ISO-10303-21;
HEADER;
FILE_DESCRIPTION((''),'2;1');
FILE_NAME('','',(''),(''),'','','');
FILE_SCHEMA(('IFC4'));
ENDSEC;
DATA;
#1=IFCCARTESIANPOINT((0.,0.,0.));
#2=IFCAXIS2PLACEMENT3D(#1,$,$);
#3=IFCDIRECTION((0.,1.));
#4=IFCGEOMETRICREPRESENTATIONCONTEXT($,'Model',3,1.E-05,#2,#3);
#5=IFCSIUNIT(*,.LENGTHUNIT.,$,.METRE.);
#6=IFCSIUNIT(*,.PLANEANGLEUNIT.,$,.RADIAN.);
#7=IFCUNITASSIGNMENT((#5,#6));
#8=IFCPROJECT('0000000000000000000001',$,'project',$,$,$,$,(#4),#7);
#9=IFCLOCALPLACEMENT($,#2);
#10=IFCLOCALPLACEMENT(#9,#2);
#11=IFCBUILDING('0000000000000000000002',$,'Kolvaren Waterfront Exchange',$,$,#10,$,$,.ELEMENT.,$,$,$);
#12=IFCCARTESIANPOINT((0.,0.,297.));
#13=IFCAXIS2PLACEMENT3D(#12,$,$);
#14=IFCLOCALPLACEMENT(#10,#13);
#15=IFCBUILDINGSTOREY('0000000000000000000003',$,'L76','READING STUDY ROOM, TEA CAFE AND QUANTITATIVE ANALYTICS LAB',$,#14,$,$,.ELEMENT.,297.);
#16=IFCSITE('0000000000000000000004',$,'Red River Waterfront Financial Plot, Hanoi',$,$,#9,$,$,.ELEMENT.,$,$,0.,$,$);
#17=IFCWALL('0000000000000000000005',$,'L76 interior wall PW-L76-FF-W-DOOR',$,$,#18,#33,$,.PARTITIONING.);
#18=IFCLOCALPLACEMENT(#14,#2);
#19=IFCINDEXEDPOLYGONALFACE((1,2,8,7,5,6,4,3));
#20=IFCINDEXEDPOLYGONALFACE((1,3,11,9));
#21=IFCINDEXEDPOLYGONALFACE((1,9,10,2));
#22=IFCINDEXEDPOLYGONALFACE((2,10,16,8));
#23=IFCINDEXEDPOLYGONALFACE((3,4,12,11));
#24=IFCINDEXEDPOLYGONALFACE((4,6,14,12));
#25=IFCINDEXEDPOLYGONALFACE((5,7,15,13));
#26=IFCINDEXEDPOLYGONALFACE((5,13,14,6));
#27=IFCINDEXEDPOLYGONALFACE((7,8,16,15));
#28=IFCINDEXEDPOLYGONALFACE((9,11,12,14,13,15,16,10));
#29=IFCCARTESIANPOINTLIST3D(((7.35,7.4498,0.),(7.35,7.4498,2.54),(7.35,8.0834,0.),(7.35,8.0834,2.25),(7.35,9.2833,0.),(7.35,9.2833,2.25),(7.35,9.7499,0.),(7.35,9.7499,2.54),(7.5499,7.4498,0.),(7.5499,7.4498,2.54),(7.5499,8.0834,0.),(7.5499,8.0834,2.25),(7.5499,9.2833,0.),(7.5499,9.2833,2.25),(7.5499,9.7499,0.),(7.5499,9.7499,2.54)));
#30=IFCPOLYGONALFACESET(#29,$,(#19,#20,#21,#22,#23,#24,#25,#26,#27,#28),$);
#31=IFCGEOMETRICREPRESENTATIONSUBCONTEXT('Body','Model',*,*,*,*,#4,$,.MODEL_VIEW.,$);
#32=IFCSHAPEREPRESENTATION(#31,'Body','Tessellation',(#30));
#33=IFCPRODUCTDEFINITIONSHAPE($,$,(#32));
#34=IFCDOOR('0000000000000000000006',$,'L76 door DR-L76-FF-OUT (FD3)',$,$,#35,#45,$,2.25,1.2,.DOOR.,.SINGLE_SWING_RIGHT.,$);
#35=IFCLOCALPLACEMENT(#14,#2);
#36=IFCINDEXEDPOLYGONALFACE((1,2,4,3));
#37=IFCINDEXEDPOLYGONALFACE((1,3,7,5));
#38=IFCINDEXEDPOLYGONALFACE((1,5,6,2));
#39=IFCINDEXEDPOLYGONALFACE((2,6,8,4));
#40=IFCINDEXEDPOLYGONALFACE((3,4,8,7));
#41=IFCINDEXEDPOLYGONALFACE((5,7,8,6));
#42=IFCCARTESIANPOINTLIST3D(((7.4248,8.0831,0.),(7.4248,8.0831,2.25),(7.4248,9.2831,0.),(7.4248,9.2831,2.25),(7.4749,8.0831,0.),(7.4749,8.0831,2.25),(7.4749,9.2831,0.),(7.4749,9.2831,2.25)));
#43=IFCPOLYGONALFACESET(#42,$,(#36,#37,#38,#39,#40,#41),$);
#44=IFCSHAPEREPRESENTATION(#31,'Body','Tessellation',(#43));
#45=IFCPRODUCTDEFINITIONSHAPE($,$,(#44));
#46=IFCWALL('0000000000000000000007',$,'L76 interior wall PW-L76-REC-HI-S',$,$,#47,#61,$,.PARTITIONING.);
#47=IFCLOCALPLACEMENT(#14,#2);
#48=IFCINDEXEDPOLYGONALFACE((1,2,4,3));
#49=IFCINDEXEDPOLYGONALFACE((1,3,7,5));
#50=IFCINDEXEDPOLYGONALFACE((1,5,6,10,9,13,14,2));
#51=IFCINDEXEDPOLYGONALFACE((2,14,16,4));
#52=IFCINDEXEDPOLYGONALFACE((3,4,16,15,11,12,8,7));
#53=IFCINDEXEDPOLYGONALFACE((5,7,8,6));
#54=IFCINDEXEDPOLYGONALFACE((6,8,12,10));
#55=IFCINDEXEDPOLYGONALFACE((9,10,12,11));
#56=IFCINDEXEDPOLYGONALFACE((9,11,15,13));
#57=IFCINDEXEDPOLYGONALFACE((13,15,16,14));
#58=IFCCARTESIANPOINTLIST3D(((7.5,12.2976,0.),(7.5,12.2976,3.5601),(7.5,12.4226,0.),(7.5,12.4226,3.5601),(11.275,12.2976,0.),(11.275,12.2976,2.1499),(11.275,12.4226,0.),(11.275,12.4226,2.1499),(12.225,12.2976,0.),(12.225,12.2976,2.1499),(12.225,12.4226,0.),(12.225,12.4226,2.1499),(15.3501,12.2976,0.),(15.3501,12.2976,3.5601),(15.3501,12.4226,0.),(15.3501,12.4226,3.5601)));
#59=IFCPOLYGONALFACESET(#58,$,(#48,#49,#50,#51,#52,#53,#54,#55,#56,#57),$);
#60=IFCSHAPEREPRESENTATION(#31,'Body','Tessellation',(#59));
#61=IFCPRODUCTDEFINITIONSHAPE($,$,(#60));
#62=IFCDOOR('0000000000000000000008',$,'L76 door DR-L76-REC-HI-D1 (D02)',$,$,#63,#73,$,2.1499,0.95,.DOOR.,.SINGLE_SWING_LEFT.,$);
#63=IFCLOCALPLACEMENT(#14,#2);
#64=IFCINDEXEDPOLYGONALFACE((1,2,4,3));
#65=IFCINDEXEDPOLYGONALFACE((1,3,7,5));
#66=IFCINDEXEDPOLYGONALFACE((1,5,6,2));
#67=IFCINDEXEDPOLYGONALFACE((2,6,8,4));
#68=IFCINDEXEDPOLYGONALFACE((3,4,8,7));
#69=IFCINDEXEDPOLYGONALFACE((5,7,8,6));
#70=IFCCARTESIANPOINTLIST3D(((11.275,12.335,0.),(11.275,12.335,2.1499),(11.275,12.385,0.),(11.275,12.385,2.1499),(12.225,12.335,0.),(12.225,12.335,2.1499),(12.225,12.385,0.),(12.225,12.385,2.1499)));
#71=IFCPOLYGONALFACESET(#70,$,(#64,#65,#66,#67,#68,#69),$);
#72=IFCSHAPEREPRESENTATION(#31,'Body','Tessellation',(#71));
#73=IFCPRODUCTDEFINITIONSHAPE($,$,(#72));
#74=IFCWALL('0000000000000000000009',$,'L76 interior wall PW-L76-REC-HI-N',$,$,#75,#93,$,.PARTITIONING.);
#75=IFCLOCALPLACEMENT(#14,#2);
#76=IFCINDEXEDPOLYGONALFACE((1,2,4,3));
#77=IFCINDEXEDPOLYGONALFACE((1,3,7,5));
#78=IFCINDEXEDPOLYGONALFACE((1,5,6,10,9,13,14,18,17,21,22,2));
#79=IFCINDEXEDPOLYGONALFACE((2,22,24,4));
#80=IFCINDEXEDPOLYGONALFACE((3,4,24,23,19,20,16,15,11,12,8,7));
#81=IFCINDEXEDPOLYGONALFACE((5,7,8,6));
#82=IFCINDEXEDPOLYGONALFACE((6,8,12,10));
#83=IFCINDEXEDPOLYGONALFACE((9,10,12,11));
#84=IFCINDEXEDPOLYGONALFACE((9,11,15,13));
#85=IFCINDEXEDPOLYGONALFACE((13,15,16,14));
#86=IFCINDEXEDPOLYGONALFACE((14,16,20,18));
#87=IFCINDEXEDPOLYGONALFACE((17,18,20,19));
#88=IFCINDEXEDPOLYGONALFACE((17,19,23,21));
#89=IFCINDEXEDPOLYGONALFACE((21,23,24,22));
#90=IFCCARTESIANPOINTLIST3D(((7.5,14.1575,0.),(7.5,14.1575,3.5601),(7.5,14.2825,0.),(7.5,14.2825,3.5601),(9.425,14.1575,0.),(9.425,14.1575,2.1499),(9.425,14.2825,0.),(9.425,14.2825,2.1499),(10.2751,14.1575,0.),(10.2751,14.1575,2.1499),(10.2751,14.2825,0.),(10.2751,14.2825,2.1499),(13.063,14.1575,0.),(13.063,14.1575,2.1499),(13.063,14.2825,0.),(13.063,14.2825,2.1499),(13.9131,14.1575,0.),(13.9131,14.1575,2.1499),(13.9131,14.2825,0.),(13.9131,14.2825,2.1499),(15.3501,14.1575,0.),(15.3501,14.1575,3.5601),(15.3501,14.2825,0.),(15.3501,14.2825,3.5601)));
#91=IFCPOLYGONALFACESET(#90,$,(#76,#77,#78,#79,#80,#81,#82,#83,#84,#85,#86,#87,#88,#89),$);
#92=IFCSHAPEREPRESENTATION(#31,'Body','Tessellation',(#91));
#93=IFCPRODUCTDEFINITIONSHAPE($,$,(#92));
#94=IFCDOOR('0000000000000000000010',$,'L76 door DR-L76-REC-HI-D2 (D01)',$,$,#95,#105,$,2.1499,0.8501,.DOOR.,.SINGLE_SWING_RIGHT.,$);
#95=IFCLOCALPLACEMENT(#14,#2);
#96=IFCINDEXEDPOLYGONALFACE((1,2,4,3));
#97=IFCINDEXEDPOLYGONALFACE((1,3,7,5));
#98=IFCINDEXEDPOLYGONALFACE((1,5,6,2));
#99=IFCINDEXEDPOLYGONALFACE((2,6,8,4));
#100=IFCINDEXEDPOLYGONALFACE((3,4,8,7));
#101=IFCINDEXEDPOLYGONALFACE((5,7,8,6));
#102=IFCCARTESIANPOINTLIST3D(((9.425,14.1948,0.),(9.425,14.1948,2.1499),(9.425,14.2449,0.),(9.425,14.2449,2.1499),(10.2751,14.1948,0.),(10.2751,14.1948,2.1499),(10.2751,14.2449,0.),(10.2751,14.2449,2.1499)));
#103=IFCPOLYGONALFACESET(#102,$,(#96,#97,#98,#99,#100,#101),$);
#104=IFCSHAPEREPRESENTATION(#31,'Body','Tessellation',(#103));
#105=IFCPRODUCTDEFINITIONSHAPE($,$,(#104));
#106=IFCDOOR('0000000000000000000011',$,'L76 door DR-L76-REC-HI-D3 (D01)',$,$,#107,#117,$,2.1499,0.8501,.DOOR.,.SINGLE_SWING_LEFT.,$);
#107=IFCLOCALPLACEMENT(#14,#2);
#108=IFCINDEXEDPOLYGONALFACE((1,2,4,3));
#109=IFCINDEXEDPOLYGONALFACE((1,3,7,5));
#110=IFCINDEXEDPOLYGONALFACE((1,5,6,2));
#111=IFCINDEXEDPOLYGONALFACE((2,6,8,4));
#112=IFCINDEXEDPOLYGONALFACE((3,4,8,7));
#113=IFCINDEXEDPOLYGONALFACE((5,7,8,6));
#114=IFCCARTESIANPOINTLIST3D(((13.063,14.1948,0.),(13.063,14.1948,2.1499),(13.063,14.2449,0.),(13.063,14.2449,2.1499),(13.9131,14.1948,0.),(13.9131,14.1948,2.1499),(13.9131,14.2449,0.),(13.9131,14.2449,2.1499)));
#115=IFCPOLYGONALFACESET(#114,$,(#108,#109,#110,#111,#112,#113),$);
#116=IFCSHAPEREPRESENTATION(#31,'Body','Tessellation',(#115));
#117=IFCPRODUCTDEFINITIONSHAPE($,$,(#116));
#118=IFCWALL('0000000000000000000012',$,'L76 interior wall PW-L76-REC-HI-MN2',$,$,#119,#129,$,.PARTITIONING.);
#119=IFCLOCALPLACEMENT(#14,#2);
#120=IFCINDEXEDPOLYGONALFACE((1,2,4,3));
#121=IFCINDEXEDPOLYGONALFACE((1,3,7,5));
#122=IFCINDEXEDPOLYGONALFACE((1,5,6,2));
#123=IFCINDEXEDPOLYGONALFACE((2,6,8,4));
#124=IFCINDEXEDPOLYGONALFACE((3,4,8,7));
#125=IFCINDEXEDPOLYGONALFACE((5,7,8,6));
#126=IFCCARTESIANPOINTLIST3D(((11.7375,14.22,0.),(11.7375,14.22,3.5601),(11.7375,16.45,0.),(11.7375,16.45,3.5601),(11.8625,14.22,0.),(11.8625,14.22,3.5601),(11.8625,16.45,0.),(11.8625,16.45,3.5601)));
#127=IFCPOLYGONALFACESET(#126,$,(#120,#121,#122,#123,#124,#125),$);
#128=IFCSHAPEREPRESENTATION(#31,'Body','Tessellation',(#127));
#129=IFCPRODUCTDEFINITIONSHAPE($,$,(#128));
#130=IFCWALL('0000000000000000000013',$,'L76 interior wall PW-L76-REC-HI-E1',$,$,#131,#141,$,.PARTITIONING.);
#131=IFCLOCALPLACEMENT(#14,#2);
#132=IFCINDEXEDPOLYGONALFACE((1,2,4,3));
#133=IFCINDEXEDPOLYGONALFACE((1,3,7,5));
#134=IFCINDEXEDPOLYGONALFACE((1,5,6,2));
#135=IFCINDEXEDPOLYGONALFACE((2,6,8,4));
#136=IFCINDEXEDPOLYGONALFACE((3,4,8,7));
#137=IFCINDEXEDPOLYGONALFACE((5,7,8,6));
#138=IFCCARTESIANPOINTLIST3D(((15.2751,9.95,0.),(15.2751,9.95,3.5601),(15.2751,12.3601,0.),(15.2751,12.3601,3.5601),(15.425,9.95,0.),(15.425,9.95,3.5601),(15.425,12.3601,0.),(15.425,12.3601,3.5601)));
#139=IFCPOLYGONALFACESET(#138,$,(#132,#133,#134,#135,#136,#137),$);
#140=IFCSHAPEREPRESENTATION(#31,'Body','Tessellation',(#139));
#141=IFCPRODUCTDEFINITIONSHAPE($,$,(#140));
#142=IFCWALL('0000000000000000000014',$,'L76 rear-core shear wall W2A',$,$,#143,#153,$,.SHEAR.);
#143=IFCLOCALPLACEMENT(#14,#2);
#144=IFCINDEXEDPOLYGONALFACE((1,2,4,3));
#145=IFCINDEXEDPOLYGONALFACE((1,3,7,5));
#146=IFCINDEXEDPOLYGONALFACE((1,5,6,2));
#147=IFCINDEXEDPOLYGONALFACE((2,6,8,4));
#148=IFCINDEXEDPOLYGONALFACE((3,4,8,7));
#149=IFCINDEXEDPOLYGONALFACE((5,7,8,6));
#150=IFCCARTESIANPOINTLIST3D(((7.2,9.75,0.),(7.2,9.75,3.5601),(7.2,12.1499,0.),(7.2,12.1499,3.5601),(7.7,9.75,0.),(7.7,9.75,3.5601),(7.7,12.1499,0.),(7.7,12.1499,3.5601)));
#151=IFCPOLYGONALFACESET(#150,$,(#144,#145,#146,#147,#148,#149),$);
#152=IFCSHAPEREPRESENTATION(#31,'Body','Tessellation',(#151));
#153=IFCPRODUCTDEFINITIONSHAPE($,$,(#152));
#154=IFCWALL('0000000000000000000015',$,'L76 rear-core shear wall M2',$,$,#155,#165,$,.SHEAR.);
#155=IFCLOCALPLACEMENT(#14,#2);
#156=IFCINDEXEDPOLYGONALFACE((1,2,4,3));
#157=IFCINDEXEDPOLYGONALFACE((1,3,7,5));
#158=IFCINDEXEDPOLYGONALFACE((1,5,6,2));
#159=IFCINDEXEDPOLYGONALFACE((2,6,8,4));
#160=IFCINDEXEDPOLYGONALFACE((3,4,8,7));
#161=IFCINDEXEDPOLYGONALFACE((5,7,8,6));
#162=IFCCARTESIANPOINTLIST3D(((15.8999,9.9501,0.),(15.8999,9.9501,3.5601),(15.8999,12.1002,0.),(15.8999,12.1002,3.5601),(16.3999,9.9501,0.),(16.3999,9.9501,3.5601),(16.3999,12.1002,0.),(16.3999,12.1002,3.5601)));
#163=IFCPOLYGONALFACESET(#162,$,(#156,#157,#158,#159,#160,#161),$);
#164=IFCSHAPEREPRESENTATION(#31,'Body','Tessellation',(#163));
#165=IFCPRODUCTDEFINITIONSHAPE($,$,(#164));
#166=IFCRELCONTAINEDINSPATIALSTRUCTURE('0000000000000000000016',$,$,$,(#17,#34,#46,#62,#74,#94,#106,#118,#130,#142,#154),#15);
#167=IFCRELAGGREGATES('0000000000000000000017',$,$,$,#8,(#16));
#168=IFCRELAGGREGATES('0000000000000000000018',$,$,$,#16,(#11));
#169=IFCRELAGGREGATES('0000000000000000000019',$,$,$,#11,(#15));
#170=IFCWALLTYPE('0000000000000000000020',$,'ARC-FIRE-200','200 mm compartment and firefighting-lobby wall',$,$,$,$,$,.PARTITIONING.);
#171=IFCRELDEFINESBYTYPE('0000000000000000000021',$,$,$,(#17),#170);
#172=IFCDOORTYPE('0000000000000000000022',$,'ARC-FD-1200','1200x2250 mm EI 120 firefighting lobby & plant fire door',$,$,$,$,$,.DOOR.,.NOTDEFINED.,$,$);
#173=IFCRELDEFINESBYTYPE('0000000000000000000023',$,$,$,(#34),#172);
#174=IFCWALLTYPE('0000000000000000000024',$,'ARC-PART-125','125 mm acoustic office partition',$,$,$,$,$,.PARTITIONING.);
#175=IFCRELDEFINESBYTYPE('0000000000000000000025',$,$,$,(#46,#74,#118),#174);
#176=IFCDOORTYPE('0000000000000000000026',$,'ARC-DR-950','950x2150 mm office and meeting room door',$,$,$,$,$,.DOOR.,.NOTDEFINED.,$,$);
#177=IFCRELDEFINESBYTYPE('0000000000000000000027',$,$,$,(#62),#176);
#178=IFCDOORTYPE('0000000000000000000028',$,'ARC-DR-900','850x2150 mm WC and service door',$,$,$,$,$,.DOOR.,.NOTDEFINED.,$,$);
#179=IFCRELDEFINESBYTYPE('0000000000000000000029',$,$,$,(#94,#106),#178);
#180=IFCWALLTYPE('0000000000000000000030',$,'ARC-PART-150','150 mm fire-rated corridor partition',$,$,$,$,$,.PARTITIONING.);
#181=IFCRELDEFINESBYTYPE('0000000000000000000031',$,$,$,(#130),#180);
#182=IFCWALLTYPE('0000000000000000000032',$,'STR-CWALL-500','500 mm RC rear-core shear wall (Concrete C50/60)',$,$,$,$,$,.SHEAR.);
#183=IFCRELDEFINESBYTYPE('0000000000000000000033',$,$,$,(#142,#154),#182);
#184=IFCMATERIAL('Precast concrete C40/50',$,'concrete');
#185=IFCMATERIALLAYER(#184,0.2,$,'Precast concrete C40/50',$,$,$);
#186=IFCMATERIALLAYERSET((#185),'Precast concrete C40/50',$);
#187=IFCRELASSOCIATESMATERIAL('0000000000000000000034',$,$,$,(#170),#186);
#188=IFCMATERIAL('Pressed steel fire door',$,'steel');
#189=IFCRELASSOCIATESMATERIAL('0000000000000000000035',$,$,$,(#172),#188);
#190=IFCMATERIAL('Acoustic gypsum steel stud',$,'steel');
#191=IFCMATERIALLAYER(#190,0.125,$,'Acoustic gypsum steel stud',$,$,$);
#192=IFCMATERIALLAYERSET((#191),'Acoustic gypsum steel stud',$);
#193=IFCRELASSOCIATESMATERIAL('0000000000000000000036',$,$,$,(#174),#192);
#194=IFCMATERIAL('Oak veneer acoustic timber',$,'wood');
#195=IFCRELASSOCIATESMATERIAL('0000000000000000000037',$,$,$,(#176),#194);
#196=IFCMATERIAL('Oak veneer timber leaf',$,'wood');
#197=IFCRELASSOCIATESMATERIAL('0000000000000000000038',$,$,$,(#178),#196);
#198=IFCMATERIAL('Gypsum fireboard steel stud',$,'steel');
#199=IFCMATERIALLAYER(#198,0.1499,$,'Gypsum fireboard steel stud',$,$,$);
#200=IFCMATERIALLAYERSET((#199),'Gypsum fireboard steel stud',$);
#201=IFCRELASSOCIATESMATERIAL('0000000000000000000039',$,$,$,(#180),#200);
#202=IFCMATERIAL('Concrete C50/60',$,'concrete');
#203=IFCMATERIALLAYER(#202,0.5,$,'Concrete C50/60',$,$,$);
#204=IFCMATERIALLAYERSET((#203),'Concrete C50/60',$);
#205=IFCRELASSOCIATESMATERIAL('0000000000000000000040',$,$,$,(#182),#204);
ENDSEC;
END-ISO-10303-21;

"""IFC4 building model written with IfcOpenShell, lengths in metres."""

from ifc_helpers import new_model, si_unit, direction, frame, frame_2d, origin, place, context, subcontext, project, spatial, rectangle, extrude, material, layer, layer_set, type_object, element, fill, save


model = new_model("IFC4")

# Units and contexts
model_context = context("Model", 3, precision=1e-05, world=origin(), true_north=direction((0.0, 1.0)))
body_context = subcontext(model_context, "Body", "Model", "MODEL_VIEW")
ifc_project = project(units=[si_unit("LENGTHUNIT", "METRE"), si_unit("PLANEANGLEUNIT", "RADIAN")], contexts=[model_context])

# Site, building, storey
site_placement = place(None, origin())
site = spatial("IfcSite", under=ifc_project, at=site_placement, Name="Red River Waterfront Financial Plot, Hanoi", CompositionType="ELEMENT", RefElevation=0.0)
building_placement = place(site_placement, origin())
building = spatial("IfcBuilding", under=site, at=building_placement, Name="Kolvaren Waterfront Exchange", CompositionType="ELEMENT")
storey_placement = place(building_placement, frame((0.0, 0.0, 297.0)))
storey = spatial("IfcBuildingStorey", under=building, at=storey_placement, Name="L76", Description="READING STUDY ROOM, TEA CAFE AND QUANTITATIVE ANALYTICS LAB", CompositionType="ELEMENT", Elevation=297.0)

# Shared definitions
ifc_material_1 = material(Name="Precast concrete C40/50", Category="concrete")
ifc_layer_1 = layer(ifc_material_1, 0.2, Name="Precast concrete C40/50")
ifc_layer_set_1 = layer_set([ifc_layer_1], Name="Precast concrete C40/50")
wall_type_1 = type_object("IfcWallType", Name="ARC-FIRE-200", Description="200 mm compartment and firefighting-lobby wall", PredefinedType="PARTITIONING", material=ifc_layer_set_1)

# Walls, openings, doors
wall_1_placement = place(storey_placement, frame((7.45, 7.45, 0.0), z_axis=(0.0, 0.0, 1.0), x_axis=(0.0, 1.0, 0.0)))
wall_1 = element("IfcWall", 1, at=wall_1_placement, inside=storey, type_object=wall_type_1, Name="L76 interior wall PW-L76-FF-W-DOOR", PredefinedType="PARTITIONING", context=body_context, shape_type="SweptSolid", body=[
    extrude(rectangle(XDim=2.3, YDim=0.2, at=frame_2d((1.1499, 0.0))), origin(), (0.0, 0.0, 1.0), 2.54),
])
opening_1_placement = place(wall_1_placement, frame((0.6333, 0.0, 0.0)))
opening_1 = element("IfcOpeningElement", 2, at=opening_1_placement, cuts=wall_1, PredefinedType="OPENING", context=body_context, shape_type="SweptSolid", body=[
    extrude(rectangle(XDim=1.2, YDim=2.25, at=frame_2d((0.6001, 1.125))), frame((0.0, 0.1099, 0.0), z_axis=(0.0, -1.0, 0.0), x_axis=(1.0, 0.0, 0.0)), (0.0, 0.0, 1.0), 0.22),
])
ifc_material_2 = material(Name="Pressed steel fire door", Category="steel")
door_type_1 = type_object("IfcDoorType", Name="ARC-FD-1200", Description="1200x2250 mm EI 120 firefighting lobby & plant fire door", OperationType="NOTDEFINED", PredefinedType="DOOR", material=ifc_material_2)
door_1_placement = place(opening_1_placement, frame((1.2, 0.0, 0.0), z_axis=(0.0, 0.0, 1.0), x_axis=(-1.0, 0.0, 0.0)))
door_1 = element("IfcDoor", 3, at=door_1_placement, inside=storey, type_object=door_type_1, Name="L76 door DR-L76-FF-OUT (FD3)", OperationType="SINGLE_SWING_RIGHT", OverallHeight=2.25, OverallWidth=1.2, PredefinedType="DOOR", context=body_context, shape_type="SweptSolid", body=[
    extrude(rectangle(XDim=1.2, YDim=2.25, at=frame_2d((0.6001, 1.125))), frame((0.0, 0.0249, 0.0), z_axis=(0.0, -1.0, 0.0), x_axis=(1.0, 0.0, 0.0)), (0.0, 0.0, 1.0), 0.05),
])
fill(opening_1, door_1)
ifc_material_3 = material(Name="Acoustic gypsum steel stud", Category="steel")
ifc_layer_2 = layer(ifc_material_3, 0.125, Name="Acoustic gypsum steel stud")
ifc_layer_set_2 = layer_set([ifc_layer_2], Name="Acoustic gypsum steel stud")
wall_type_2 = type_object("IfcWallType", Name="ARC-PART-125", Description="125 mm acoustic office partition", PredefinedType="PARTITIONING", material=ifc_layer_set_2)
wall_2_placement = place(storey_placement, frame((7.5, 12.3601, 0.0), z_axis=(0.0, 0.0, 1.0), x_axis=(1.0, 0.0, 0.0)))
wall_2 = element("IfcWall", 4, at=wall_2_placement, inside=storey, type_object=wall_type_2, Name="L76 interior wall PW-L76-REC-HI-S", PredefinedType="PARTITIONING", context=body_context, shape_type="SweptSolid", body=[
    extrude(rectangle(XDim=7.8501, YDim=0.125, at=frame_2d((3.925, 0.0))), origin(), (0.0, 0.0, 1.0), 3.5601),
])
opening_2_placement = place(wall_2_placement, frame((3.7749, 0.0, 0.0)))
opening_2 = element("IfcOpeningElement", 5, at=opening_2_placement, cuts=wall_2, PredefinedType="OPENING", context=body_context, shape_type="SweptSolid", body=[
    extrude(rectangle(XDim=0.95, YDim=2.1499, at=frame_2d((0.4751, 1.075))), frame((0.0, 0.0725, 0.0), z_axis=(0.0, -1.0, 0.0), x_axis=(1.0, 0.0, 0.0)), (0.0, 0.0, 1.0), 0.145),
])
ifc_material_4 = material(Name="Oak veneer acoustic timber", Category="wood")
door_type_2 = type_object("IfcDoorType", Name="ARC-DR-950", Description="950x2150 mm office and meeting room door", OperationType="NOTDEFINED", PredefinedType="DOOR", material=ifc_material_4)
door_2_placement = place(opening_2_placement, origin())
door_2 = element("IfcDoor", 6, at=door_2_placement, inside=storey, type_object=door_type_2, Name="L76 door DR-L76-REC-HI-D1 (D02)", OperationType="SINGLE_SWING_LEFT", OverallHeight=2.1499, OverallWidth=0.95, PredefinedType="DOOR", context=body_context, shape_type="SweptSolid", body=[
    extrude(rectangle(XDim=0.95, YDim=2.1499, at=frame_2d((0.4751, 1.075))), frame((0.0, 0.0249, 0.0), z_axis=(0.0, -1.0, 0.0), x_axis=(1.0, 0.0, 0.0)), (0.0, 0.0, 1.0), 0.05),
])
fill(opening_2, door_2)

# Wall, openings, doors
wall_3_placement = place(storey_placement, frame((7.5, 14.22, 0.0), z_axis=(0.0, 0.0, 1.0), x_axis=(1.0, 0.0, 0.0)))
wall_3 = element("IfcWall", 7, at=wall_3_placement, inside=storey, type_object=wall_type_2, Name="L76 interior wall PW-L76-REC-HI-N", PredefinedType="PARTITIONING", context=body_context, shape_type="SweptSolid", body=[
    extrude(rectangle(XDim=7.8501, YDim=0.125, at=frame_2d((3.925, 0.0))), origin(), (0.0, 0.0, 1.0), 3.5601),
])
opening_3_placement = place(wall_3_placement, frame((1.925, 0.0, 0.0)))
opening_3 = element("IfcOpeningElement", 8, at=opening_3_placement, cuts=wall_3, PredefinedType="OPENING", context=body_context, shape_type="SweptSolid", body=[
    extrude(rectangle(XDim=0.8501, YDim=2.1499, at=frame_2d((0.425, 1.075))), frame((0.0, 0.0725, 0.0), z_axis=(0.0, -1.0, 0.0), x_axis=(1.0, 0.0, 0.0)), (0.0, 0.0, 1.0), 0.145),
])
opening_4_placement = place(wall_3_placement, frame((5.563, 0.0, 0.0)))
opening_4 = element("IfcOpeningElement", 9, at=opening_4_placement, cuts=wall_3, PredefinedType="OPENING", context=body_context, shape_type="SweptSolid", body=[
    extrude(rectangle(XDim=0.8501, YDim=2.1499, at=frame_2d((0.425, 1.075))), frame((0.0, 0.0725, 0.0), z_axis=(0.0, -1.0, 0.0), x_axis=(1.0, 0.0, 0.0)), (0.0, 0.0, 1.0), 0.145),
])
ifc_material_5 = material(Name="Oak veneer timber leaf", Category="wood")
door_type_3 = type_object("IfcDoorType", Name="ARC-DR-900", Description="850x2150 mm WC and service door", OperationType="NOTDEFINED", PredefinedType="DOOR", material=ifc_material_5)
door_3_placement = place(opening_3_placement, origin())
door_3 = element("IfcDoor", 10, at=door_3_placement, inside=storey, type_object=door_type_3, Name="L76 door DR-L76-REC-HI-D2 (D01)", OperationType="SINGLE_SWING_RIGHT", OverallHeight=2.1499, OverallWidth=0.8501, PredefinedType="DOOR", context=body_context, shape_type="SweptSolid", body=[
    extrude(rectangle(XDim=0.8501, YDim=2.1499, at=frame_2d((0.425, 1.075))), frame((0.0, 0.0249, 0.0), z_axis=(0.0, -1.0, 0.0), x_axis=(1.0, 0.0, 0.0)), (0.0, 0.0, 1.0), 0.05),
])
fill(opening_3, door_3)
door_4_placement = place(opening_4_placement, origin())
door_4 = element("IfcDoor", 11, at=door_4_placement, inside=storey, type_object=door_type_3, Name="L76 door DR-L76-REC-HI-D3 (D01)", OperationType="SINGLE_SWING_LEFT", OverallHeight=2.1499, OverallWidth=0.8501, PredefinedType="DOOR", context=body_context, shape_type="SweptSolid", body=[
    extrude(rectangle(XDim=0.8501, YDim=2.1499, at=frame_2d((0.425, 1.075))), frame((0.0, 0.0249, 0.0), z_axis=(0.0, -1.0, 0.0), x_axis=(1.0, 0.0, 0.0)), (0.0, 0.0, 1.0), 0.05),
])
fill(opening_4, door_4)

# Walls
wall_4_placement = place(storey_placement, frame((11.8, 14.22, 0.0), z_axis=(0.0, 0.0, 1.0), x_axis=(0.0, 1.0, 0.0)))
element("IfcWall", 12, at=wall_4_placement, inside=storey, type_object=wall_type_2, Name="L76 interior wall PW-L76-REC-HI-MN2", PredefinedType="PARTITIONING", context=body_context, shape_type="SweptSolid", body=[
    extrude(rectangle(XDim=2.23, YDim=0.125, at=frame_2d((1.115, 0.0))), origin(), (0.0, 0.0, 1.0), 3.5601),
])
ifc_material_6 = material(Name="Gypsum fireboard steel stud", Category="steel")
ifc_layer_3 = layer(ifc_material_6, 0.1499, Name="Gypsum fireboard steel stud")
ifc_layer_set_3 = layer_set([ifc_layer_3], Name="Gypsum fireboard steel stud")
wall_type_3 = type_object("IfcWallType", Name="ARC-PART-150", Description="150 mm fire-rated corridor partition", PredefinedType="PARTITIONING", material=ifc_layer_set_3)
wall_5_placement = place(storey_placement, frame((15.3501, 9.95, 0.0), z_axis=(0.0, 0.0, 1.0), x_axis=(0.0, 1.0, 0.0)))
element("IfcWall", 13, at=wall_5_placement, inside=storey, type_object=wall_type_3, Name="L76 interior wall PW-L76-REC-HI-E1", PredefinedType="PARTITIONING", context=body_context, shape_type="SweptSolid", body=[
    extrude(rectangle(XDim=2.4102, YDim=0.1499, at=frame_2d((1.2051, 0.0))), origin(), (0.0, 0.0, 1.0), 3.5601),
])
ifc_material_7 = material(Name="Concrete C50/60", Category="concrete")
ifc_layer_4 = layer(ifc_material_7, 0.5, Name="Concrete C50/60")
ifc_layer_set_4 = layer_set([ifc_layer_4], Name="Concrete C50/60")
wall_type_4 = type_object("IfcWallType", Name="STR-CWALL-500", Description="500 mm RC rear-core shear wall (Concrete C50/60)", PredefinedType="SHEAR", material=ifc_layer_set_4)
wall_6_placement = place(storey_placement, frame((7.45, 9.75, 0.0), z_axis=(0.0, 0.0, 1.0), x_axis=(0.0, 1.0, 0.0)))
element("IfcWall", 14, at=wall_6_placement, inside=storey, type_object=wall_type_4, Name="L76 rear-core shear wall W2A", PredefinedType="SHEAR", context=body_context, shape_type="SweptSolid", body=[
    extrude(rectangle(XDim=2.3999, YDim=0.5, at=frame_2d((1.2, 0.0))), origin(), (0.0, 0.0, 1.0), 3.5601),
])
wall_7_placement = place(storey_placement, frame((16.1499, 9.95, 0.0), z_axis=(0.0, 0.0, 1.0), x_axis=(0.0, 1.0, 0.0)))
element("IfcWall", 15, at=wall_7_placement, inside=storey, type_object=wall_type_4, Name="L76 rear-core shear wall M2", PredefinedType="SHEAR", context=body_context, shape_type="SweptSolid", body=[
    extrude(rectangle(XDim=2.1501, YDim=0.5, at=frame_2d((1.0752, 0.0))), origin(), (0.0, 0.0, 1.0), 3.5601),
])

save(model, "model.ifc")
